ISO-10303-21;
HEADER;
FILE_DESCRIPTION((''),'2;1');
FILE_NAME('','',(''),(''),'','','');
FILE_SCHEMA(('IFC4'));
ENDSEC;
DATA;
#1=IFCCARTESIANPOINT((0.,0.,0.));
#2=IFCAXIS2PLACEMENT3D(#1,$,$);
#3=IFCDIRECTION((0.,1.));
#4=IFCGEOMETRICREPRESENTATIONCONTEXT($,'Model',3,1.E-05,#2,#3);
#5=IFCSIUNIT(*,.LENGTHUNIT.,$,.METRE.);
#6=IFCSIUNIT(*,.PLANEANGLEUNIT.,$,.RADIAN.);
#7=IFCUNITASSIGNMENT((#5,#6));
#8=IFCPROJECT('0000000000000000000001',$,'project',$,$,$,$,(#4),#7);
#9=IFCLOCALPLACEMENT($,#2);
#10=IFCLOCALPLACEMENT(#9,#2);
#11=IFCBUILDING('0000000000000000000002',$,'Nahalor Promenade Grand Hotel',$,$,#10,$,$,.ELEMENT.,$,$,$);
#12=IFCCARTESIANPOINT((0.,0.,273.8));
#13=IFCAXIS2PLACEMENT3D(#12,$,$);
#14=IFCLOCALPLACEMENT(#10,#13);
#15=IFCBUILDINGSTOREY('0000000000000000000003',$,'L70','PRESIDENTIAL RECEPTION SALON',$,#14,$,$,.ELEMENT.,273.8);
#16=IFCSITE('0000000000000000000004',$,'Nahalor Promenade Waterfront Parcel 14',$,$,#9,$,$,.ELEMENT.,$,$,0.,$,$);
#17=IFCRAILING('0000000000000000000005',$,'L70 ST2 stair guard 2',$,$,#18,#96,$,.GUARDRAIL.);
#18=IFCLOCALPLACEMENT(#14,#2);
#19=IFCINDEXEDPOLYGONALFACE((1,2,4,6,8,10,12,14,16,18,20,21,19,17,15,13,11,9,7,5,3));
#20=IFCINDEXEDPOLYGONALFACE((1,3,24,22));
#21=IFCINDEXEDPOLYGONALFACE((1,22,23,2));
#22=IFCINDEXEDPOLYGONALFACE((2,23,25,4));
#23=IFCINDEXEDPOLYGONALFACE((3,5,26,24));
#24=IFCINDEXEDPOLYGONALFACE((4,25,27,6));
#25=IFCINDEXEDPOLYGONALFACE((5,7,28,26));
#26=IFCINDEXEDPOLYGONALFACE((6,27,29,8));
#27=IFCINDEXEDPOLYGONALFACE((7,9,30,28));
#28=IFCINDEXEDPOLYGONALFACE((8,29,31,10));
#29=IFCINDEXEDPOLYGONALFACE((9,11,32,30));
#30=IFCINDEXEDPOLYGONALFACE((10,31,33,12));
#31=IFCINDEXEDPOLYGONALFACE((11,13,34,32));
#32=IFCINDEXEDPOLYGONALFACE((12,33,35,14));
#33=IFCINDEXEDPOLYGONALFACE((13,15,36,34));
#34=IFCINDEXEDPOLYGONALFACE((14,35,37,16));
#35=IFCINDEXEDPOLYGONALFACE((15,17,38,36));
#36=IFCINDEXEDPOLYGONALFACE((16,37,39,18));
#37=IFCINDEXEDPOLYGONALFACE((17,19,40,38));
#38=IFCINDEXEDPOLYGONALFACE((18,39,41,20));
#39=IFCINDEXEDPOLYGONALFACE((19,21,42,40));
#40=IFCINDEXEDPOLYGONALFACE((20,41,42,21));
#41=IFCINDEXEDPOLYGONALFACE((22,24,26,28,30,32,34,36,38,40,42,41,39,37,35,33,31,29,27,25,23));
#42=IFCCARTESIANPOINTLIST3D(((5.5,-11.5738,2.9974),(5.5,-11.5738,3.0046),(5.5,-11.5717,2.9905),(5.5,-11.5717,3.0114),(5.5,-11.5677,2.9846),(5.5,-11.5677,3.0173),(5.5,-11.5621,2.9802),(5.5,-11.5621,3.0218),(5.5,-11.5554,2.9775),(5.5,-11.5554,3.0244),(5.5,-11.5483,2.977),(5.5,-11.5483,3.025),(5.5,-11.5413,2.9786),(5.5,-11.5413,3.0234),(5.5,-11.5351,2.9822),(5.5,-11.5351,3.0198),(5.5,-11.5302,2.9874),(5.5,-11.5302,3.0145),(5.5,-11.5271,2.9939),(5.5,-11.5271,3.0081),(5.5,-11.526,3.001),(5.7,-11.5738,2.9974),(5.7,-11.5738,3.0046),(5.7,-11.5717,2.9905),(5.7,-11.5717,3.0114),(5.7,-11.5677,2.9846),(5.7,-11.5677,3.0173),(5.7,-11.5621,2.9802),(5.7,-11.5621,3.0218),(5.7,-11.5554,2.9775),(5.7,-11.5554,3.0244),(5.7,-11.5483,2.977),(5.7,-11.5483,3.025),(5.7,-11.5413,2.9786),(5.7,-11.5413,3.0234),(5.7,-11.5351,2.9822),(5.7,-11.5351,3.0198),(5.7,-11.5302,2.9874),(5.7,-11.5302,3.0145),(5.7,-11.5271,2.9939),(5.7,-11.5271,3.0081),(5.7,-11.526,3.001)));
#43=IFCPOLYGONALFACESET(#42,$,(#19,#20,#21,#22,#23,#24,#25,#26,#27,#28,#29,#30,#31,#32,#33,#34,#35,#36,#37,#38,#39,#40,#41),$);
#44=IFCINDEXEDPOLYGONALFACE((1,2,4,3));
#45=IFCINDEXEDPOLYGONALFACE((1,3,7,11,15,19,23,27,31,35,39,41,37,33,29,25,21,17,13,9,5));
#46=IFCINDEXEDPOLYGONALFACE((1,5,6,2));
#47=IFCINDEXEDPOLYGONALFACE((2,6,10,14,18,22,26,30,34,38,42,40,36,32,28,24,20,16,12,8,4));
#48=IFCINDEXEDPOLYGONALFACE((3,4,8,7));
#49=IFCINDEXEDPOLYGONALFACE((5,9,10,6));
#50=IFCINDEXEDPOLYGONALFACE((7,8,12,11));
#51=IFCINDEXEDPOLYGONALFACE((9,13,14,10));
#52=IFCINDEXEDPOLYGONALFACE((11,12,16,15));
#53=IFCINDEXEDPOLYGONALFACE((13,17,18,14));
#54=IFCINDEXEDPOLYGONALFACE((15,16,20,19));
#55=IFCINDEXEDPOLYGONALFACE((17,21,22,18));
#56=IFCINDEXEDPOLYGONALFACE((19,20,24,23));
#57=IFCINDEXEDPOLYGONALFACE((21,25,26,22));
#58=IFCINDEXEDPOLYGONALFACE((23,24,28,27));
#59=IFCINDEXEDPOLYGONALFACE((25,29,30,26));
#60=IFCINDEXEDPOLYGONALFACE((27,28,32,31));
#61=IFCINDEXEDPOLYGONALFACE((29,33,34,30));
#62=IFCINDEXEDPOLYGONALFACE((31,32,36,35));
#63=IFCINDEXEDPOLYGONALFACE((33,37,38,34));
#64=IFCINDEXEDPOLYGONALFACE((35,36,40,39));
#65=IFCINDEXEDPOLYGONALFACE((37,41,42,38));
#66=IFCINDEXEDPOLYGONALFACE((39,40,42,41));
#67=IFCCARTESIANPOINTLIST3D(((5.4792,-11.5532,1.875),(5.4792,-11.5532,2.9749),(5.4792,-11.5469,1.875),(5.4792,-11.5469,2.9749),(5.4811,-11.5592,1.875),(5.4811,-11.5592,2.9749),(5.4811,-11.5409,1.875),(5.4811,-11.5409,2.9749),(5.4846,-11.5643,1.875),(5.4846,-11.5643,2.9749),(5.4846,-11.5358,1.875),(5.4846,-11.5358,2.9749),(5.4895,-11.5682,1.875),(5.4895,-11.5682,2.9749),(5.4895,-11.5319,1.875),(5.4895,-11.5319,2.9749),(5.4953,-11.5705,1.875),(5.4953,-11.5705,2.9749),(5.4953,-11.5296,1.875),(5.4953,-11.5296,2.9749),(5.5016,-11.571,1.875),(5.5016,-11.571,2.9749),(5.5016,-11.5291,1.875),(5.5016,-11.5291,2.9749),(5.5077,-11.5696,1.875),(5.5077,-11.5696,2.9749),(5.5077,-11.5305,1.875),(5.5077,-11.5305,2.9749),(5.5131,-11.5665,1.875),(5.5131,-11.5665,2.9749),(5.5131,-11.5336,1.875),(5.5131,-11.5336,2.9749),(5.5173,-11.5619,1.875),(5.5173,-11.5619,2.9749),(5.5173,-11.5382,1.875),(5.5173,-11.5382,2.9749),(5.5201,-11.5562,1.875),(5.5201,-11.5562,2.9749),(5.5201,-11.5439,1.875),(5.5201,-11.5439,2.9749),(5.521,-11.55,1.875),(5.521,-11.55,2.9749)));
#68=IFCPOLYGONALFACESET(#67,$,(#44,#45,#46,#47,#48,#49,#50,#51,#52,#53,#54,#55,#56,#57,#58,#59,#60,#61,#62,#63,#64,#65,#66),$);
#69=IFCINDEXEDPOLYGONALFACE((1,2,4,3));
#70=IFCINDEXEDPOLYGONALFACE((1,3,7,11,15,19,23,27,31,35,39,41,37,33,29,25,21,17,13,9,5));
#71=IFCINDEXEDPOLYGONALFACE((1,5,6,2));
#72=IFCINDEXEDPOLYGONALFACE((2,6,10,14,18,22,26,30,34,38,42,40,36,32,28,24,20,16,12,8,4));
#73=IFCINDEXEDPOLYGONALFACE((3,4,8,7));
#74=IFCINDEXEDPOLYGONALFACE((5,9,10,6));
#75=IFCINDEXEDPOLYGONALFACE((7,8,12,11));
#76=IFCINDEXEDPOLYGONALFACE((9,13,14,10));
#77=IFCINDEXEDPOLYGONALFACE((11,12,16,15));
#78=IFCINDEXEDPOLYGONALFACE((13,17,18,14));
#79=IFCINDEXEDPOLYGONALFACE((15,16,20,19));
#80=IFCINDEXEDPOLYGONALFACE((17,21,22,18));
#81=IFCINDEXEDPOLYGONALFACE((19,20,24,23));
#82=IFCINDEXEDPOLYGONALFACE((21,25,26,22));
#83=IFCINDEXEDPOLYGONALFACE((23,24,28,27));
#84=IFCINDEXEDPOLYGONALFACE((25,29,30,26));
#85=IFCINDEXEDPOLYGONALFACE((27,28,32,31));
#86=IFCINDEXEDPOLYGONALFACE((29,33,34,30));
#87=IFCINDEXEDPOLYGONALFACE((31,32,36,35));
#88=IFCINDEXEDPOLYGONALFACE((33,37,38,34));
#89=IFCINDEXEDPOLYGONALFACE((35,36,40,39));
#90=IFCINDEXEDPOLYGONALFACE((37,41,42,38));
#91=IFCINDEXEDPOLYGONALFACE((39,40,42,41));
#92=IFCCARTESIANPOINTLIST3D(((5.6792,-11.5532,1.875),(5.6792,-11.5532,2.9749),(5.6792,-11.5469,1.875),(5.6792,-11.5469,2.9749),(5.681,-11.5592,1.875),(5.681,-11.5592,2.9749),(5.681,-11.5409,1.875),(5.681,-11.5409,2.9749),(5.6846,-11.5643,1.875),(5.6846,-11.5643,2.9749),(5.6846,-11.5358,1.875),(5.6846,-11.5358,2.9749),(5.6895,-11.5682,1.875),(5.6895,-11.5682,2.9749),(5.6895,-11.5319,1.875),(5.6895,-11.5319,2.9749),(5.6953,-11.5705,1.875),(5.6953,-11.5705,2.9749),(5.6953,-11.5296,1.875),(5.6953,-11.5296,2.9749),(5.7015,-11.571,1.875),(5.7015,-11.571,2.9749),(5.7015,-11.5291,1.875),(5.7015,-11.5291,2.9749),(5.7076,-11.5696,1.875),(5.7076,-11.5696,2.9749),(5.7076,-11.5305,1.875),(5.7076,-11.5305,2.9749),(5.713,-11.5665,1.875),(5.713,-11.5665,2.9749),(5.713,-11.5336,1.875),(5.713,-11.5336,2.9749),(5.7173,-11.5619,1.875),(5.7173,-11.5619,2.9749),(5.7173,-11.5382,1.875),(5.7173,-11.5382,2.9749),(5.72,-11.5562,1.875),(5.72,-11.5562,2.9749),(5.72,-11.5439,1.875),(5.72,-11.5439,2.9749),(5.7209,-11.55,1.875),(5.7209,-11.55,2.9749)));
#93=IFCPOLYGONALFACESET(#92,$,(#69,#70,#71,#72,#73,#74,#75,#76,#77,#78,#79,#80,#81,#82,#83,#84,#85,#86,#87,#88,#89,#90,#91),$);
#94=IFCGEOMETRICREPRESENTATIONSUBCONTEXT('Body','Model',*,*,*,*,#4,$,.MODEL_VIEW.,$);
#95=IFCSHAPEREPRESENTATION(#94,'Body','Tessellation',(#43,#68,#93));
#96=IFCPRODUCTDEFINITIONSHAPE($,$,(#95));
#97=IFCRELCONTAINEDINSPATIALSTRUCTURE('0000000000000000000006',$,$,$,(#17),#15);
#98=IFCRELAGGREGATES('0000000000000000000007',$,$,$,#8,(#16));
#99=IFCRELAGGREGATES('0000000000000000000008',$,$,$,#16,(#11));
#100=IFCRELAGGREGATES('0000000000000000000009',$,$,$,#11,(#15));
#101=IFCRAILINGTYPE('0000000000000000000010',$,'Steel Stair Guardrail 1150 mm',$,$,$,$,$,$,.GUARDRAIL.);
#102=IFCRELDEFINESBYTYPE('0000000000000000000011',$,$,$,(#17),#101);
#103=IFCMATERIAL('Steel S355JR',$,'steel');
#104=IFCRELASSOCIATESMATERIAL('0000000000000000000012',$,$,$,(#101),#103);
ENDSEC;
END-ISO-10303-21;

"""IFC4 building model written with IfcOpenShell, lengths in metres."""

from ifc_helpers import new_model, si_unit, direction, frame, origin, origin_2d, place, context, subcontext, project, spatial, circle, extrude, material, type_object, element, save


model = new_model("IFC4")

# Units and contexts
model_context = context("Model", 3, precision=1e-05, world=origin(), true_north=direction((0.0, 1.0)))
body_context = subcontext(model_context, "Body", "Model", "MODEL_VIEW")
ifc_project = project(units=[si_unit("LENGTHUNIT", "METRE"), si_unit("PLANEANGLEUNIT", "RADIAN")], contexts=[model_context])

# Site, building, storey
site_placement = place(None, origin())
site = spatial("IfcSite", under=ifc_project, at=site_placement, Name="Nahalor Promenade Waterfront Parcel 14", CompositionType="ELEMENT", RefElevation=0.0)
building_placement = place(site_placement, origin())
building = spatial("IfcBuilding", under=site, at=building_placement, Name="Nahalor Promenade Grand Hotel", CompositionType="ELEMENT")
storey_placement = place(building_placement, frame((0.0, 0.0, 273.8)))
storey = spatial("IfcBuildingStorey", under=building, at=storey_placement, Name="L70", Description="PRESIDENTIAL RECEPTION SALON", CompositionType="ELEMENT", Elevation=273.8)

# Shared definitions
ifc_material_1 = material(Name="Steel S355JR", Category="steel")

# Railing
railing_type_1 = type_object("IfcRailingType", Name="Steel Stair Guardrail 1150 mm", PredefinedType="GUARDRAIL", material=ifc_material_1)
railing_1_placement = place(storey_placement, frame((5.5, -11.55, 1.875)))
element("IfcRailing", 1, at=railing_1_placement, inside=storey, type_object=railing_type_1, Name="L70 ST2 stair guard 2", PredefinedType="GUARDRAIL", context=body_context, shape_type="SweptSolid", body=[
    extrude(circle(Radius=0.024, at=origin_2d()), frame((0.0, 0.0, 1.126), z_axis=(1.0, 0.0, 0.0), x_axis=(0.0, 1.0, 0.0)), (0.0, 0.0, 1.0), 0.2),
    extrude(circle(Radius=0.021, at=origin_2d()), origin(), (0.0, 0.0, 1.0), 1.0999),
    extrude(circle(Radius=0.021, at=origin_2d()), frame((0.2, 0.0, 0.0)), (0.0, 0.0, 1.0), 1.0999),
])

save(model, "model.ifc")
